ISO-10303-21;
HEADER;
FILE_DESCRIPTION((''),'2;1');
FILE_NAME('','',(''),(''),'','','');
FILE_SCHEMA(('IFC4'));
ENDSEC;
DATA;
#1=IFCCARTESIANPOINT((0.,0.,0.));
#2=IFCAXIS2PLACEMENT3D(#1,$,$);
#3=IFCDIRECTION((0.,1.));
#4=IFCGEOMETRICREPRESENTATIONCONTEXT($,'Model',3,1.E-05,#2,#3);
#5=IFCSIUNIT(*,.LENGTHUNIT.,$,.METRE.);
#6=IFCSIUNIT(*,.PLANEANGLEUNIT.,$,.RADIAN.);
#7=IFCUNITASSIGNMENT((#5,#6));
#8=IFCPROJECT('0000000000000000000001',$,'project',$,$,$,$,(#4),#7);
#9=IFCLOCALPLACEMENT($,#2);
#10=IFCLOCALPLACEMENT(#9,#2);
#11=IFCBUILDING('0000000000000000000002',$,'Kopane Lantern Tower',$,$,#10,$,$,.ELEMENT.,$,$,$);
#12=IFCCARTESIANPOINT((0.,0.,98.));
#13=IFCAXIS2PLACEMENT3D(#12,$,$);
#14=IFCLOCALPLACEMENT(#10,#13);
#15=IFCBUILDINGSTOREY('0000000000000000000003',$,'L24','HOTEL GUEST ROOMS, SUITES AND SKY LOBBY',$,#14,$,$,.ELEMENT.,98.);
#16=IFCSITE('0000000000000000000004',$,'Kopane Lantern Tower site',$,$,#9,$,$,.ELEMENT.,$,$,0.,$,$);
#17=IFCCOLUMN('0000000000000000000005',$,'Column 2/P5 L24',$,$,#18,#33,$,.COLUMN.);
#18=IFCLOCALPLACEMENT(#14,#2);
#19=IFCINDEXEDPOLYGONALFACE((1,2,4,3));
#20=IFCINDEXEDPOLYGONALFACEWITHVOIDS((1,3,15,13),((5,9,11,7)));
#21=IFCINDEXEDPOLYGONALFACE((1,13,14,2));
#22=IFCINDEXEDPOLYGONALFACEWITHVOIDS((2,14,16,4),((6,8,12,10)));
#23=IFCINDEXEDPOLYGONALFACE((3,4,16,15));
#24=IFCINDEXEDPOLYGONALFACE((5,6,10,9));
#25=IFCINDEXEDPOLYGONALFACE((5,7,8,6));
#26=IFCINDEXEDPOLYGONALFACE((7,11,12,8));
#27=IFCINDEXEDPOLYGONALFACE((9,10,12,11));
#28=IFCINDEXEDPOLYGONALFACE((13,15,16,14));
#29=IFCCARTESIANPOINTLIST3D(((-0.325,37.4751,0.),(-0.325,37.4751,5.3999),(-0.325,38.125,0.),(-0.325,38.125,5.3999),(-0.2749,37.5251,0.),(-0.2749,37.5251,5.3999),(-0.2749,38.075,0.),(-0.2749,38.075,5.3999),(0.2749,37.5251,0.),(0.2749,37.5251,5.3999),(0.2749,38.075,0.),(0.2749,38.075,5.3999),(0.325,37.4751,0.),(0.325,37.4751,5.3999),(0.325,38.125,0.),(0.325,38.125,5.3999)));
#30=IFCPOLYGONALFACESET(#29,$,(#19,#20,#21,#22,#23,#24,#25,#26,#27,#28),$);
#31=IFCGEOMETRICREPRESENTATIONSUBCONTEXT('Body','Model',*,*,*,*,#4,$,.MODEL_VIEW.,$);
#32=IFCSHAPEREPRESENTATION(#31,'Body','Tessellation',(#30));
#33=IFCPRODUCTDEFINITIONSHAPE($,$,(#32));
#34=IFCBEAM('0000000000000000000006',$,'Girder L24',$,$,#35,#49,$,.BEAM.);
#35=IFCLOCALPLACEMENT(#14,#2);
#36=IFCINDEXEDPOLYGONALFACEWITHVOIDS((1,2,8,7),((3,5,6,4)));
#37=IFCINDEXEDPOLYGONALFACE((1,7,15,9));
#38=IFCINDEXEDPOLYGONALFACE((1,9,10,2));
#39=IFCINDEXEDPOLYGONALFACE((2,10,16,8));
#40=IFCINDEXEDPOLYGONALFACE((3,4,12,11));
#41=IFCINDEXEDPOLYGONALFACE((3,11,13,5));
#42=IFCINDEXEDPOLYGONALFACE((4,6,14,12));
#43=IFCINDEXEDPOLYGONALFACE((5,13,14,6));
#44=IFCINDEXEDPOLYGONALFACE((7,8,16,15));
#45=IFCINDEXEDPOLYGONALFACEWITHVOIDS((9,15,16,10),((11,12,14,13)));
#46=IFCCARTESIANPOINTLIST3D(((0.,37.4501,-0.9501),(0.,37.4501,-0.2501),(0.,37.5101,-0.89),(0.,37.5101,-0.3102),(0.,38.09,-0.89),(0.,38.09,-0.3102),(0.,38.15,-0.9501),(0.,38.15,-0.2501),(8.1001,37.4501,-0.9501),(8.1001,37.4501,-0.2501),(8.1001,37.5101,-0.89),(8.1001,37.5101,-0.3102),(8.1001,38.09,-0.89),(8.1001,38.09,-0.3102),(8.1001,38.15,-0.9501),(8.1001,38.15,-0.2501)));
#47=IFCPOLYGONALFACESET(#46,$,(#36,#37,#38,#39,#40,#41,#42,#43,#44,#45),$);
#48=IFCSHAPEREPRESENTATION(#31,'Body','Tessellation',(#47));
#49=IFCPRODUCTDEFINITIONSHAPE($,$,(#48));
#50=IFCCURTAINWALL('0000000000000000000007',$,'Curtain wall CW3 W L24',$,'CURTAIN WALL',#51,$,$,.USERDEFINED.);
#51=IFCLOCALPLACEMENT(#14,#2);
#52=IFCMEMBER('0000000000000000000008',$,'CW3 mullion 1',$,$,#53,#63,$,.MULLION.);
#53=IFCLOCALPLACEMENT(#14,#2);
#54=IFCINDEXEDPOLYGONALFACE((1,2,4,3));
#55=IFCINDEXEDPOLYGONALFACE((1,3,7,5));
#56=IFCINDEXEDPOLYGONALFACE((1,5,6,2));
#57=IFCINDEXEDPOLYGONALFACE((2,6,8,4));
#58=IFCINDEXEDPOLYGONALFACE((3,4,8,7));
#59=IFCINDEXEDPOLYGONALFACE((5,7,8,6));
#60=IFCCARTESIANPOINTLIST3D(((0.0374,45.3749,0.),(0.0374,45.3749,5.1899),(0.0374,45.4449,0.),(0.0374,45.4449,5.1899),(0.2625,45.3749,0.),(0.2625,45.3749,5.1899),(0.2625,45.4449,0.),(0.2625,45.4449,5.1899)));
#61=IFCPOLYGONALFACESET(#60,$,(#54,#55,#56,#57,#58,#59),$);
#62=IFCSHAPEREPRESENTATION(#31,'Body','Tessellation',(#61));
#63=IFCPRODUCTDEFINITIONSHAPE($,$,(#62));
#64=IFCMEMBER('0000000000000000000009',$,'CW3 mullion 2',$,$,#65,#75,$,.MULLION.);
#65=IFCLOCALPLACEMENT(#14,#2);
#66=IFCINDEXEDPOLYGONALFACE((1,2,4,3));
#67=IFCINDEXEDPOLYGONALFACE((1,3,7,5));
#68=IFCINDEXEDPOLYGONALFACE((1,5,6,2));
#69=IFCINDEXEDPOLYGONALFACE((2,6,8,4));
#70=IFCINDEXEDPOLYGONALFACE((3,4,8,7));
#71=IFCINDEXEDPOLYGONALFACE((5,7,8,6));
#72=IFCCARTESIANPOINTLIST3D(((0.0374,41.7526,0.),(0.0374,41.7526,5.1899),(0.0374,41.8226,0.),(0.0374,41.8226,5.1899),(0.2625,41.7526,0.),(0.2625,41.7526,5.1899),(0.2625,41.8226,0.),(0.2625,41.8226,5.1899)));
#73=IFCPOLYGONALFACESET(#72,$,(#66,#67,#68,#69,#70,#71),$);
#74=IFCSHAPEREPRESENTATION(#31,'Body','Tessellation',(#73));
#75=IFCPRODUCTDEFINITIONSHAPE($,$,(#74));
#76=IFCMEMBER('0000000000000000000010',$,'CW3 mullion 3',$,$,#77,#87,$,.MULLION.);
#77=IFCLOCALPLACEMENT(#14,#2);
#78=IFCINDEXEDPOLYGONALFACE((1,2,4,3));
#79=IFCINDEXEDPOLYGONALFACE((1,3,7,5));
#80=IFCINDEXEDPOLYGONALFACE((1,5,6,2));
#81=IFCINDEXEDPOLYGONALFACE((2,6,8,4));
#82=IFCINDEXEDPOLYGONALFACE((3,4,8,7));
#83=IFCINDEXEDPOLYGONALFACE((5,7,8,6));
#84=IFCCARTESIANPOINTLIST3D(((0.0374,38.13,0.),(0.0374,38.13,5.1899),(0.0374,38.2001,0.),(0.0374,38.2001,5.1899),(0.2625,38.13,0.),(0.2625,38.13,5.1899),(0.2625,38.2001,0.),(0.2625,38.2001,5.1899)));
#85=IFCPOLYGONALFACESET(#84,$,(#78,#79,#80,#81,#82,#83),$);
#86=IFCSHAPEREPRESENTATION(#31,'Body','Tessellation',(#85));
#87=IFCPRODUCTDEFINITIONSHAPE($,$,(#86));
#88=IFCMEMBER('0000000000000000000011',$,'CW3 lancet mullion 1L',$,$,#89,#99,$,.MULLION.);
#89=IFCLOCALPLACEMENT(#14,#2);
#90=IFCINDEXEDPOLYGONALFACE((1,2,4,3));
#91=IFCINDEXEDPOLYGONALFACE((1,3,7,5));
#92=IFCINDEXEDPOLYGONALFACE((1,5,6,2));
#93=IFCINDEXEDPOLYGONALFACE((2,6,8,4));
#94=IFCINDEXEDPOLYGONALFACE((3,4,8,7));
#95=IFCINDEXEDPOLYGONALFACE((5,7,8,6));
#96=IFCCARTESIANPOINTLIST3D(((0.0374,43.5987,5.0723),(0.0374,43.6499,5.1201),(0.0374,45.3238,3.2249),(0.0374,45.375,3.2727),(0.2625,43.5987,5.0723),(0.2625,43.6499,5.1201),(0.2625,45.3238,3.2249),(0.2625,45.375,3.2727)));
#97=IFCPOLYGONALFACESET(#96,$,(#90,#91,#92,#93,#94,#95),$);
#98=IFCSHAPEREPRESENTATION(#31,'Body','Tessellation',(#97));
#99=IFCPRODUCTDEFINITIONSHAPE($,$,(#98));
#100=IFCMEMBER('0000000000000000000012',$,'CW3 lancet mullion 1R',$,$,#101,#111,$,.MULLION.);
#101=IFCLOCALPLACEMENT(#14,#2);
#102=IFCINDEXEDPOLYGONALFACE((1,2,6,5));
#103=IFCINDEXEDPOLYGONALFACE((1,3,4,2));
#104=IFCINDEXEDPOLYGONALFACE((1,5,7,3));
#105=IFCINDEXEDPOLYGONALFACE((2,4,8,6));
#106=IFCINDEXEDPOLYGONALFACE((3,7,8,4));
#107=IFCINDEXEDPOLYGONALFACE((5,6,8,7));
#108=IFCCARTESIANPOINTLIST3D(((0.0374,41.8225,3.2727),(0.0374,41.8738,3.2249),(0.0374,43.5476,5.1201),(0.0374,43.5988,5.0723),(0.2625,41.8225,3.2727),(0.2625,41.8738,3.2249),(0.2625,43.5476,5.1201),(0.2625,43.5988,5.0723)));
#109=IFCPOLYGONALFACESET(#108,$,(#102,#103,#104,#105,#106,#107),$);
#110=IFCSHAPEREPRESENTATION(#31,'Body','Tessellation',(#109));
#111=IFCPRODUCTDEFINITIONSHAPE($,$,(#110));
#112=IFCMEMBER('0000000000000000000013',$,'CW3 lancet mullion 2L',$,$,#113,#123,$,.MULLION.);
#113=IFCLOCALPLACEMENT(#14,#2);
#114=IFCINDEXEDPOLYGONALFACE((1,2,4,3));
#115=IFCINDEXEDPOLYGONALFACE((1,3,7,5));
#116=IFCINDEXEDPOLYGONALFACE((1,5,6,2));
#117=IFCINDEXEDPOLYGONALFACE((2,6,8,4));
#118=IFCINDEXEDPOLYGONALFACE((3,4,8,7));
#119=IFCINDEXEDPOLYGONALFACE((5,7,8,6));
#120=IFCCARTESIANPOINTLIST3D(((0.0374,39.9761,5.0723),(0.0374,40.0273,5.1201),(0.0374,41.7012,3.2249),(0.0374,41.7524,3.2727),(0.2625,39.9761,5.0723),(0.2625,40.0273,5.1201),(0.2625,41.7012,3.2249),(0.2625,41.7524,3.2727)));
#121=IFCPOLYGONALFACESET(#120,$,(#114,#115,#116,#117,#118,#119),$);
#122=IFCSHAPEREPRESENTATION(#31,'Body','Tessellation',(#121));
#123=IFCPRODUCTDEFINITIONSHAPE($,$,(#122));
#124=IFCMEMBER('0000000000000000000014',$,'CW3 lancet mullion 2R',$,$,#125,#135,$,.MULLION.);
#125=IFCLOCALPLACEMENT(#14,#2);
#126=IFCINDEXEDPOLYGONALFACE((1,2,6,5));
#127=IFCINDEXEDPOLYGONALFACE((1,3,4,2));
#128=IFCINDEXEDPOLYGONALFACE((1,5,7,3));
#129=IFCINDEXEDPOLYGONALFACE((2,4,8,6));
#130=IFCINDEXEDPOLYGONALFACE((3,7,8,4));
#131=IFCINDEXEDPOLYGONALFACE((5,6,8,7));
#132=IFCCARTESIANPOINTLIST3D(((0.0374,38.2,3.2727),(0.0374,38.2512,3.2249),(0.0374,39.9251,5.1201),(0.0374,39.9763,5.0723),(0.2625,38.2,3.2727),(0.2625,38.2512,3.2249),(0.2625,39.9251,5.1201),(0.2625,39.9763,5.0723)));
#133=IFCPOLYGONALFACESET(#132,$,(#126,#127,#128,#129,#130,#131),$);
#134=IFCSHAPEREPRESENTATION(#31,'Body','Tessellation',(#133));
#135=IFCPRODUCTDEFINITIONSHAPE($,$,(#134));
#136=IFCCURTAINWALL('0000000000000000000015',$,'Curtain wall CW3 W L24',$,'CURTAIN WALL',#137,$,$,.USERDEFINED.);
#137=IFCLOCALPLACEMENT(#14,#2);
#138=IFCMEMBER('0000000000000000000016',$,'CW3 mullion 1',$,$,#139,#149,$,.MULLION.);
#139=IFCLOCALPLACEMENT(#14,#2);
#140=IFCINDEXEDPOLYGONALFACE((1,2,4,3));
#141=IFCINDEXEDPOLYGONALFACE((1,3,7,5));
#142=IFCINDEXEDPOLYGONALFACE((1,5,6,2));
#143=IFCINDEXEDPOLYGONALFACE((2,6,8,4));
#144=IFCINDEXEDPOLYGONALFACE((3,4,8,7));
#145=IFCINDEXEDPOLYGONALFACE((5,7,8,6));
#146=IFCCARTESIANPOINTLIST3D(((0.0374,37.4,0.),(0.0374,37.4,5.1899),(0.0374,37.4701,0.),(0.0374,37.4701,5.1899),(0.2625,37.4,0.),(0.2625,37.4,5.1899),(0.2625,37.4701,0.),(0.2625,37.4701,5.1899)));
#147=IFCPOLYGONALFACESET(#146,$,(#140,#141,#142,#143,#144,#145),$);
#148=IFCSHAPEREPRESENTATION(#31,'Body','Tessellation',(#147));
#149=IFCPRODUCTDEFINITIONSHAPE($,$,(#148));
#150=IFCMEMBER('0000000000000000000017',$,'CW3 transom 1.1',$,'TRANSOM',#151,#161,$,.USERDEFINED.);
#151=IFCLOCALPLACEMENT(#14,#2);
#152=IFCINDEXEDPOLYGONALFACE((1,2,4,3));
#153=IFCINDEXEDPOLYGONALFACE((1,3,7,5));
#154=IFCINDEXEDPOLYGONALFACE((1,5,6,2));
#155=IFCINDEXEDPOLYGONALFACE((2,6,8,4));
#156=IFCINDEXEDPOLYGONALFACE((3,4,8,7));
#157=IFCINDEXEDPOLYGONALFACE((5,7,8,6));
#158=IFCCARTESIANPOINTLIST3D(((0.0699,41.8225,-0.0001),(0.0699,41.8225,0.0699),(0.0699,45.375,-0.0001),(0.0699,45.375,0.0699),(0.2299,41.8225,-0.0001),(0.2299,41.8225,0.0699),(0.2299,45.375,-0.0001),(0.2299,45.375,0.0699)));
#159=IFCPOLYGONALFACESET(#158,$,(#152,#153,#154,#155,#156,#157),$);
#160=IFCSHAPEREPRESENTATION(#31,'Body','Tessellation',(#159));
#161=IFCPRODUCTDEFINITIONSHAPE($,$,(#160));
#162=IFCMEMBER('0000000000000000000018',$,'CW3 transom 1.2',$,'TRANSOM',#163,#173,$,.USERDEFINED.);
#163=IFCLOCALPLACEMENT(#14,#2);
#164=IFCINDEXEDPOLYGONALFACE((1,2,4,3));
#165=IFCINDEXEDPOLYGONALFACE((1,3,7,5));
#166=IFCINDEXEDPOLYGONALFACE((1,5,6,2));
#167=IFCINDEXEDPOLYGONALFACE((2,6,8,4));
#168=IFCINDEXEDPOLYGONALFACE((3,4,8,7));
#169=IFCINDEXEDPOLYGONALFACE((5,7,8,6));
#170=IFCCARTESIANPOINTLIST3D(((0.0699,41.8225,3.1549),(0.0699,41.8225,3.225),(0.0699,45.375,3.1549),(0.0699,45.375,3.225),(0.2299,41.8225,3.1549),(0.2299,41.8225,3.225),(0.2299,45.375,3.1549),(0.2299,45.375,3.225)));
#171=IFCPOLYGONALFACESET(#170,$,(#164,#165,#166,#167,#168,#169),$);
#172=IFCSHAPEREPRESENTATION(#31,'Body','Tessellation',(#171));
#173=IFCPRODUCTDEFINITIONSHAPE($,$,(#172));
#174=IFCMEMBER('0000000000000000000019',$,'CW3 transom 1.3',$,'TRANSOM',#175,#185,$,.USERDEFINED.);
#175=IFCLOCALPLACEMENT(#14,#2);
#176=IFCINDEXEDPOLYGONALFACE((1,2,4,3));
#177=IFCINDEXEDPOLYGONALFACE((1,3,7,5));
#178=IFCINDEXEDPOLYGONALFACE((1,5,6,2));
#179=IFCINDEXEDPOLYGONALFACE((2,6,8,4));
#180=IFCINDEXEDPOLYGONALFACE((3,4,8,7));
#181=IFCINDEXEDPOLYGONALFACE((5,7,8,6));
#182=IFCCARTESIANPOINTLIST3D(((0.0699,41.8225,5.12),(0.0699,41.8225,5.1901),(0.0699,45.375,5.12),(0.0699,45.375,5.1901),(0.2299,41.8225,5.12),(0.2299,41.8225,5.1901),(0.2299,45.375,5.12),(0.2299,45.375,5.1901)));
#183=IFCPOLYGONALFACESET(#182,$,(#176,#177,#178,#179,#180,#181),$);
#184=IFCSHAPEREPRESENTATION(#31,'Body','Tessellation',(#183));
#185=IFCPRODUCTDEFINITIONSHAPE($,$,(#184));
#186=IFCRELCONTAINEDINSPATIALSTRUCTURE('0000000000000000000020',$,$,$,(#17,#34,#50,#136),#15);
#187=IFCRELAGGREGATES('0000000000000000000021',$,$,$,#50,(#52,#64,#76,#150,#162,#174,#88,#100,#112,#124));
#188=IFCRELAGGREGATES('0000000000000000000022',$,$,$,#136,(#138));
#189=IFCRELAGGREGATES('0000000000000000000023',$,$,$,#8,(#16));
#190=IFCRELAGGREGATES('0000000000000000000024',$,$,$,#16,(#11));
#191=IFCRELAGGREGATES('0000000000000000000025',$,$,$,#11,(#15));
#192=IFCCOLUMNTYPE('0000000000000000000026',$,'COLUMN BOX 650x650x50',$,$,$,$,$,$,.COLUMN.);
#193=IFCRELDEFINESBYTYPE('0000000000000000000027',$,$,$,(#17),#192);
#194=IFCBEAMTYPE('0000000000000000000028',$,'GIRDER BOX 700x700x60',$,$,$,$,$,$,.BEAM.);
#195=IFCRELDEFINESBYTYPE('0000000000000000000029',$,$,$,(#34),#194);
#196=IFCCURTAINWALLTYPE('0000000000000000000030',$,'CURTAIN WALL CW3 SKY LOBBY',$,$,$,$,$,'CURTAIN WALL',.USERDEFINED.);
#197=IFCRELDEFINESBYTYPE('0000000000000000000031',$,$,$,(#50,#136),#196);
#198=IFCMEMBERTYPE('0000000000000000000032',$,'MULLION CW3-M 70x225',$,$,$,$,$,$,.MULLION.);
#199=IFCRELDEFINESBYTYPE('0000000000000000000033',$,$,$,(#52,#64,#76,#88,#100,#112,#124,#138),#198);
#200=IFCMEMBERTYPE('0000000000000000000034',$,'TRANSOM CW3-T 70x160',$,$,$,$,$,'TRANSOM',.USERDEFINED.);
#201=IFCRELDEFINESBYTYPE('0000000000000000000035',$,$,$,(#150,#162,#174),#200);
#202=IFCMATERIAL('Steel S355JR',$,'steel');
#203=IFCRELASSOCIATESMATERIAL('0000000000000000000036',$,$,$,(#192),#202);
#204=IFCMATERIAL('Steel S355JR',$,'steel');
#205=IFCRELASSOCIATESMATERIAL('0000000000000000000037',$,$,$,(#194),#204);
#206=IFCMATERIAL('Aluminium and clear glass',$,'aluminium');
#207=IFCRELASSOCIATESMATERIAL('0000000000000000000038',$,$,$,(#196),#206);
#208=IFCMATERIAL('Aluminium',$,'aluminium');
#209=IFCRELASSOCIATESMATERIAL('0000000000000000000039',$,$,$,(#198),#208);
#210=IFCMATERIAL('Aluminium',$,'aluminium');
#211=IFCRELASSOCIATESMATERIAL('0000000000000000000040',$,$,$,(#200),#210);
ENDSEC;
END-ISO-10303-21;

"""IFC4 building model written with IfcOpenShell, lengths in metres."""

from ifc_helpers import new_model, si_unit, direction, frame, origin, origin_2d, place, context, subcontext, project, spatial, rectangle, hollow_rectangle, extrude, material, material_profile, profile_set, type_object, element, aggregate, save


model = new_model("IFC4")

# Units and contexts
model_context = context("Model", 3, precision=1e-05, world=origin(), true_north=direction((0.0, 1.0)))
body_context = subcontext(model_context, "Body", "Model", "MODEL_VIEW")
ifc_project = project(units=[si_unit("LENGTHUNIT", "METRE"), si_unit("PLANEANGLEUNIT", "RADIAN")], contexts=[model_context])

# Site, building, storey
site_placement = place(None, origin())
site = spatial("IfcSite", under=ifc_project, at=site_placement, Name="Kopane Lantern Tower site", CompositionType="ELEMENT", RefElevation=0.0)
building_placement = place(site_placement, origin())
building = spatial("IfcBuilding", under=site, at=building_placement, Name="Kopane Lantern Tower", CompositionType="ELEMENT")
storey_placement = place(building_placement, frame((0.0, 0.0, 98.0)))
storey = spatial("IfcBuildingStorey", under=building, at=storey_placement, Name="L24", Description="HOTEL GUEST ROOMS, SUITES AND SKY LOBBY", CompositionType="ELEMENT", Elevation=98.0)

# Column
ifc_material_1 = material(Name="Steel S355JR", Category="steel")
ifc_material_profile_1 = material_profile(ifc_material_1, hollow_rectangle(XDim=0.6499, YDim=0.6499, WallThickness=0.05, at=origin_2d()), Name="BOX 650x650x50")
ifc_profile_set_1 = profile_set([ifc_material_profile_1], Name="Steel S355JR")
column_type = type_object("IfcColumnType", Name="COLUMN BOX 650x650x50", PredefinedType="COLUMN", material=ifc_profile_set_1)
column_placement = place(storey_placement, frame((0.0, 37.8, 0.0), z_axis=(0.0, 0.0, 1.0), x_axis=(1.0, 0.0, 0.0)))
element("IfcColumn", 1, at=column_placement, inside=storey, type_object=column_type, Name="Column 2/P5 L24", PredefinedType="COLUMN", context=body_context, shape_type="SweptSolid", body=[
    extrude(hollow_rectangle(XDim=0.6499, YDim=0.6499, WallThickness=0.05, at=origin_2d()), origin(), (0.0, 0.0, 1.0), 5.3999),
])

# Beam
ifc_material_2 = material(Name="Steel S355JR", Category="steel")
ifc_material_profile_2 = material_profile(ifc_material_2, hollow_rectangle(XDim=0.7, YDim=0.7, WallThickness=0.0601, at=origin_2d()), Name="BOX 700x700x60")
ifc_profile_set_2 = profile_set([ifc_material_profile_2], Name="Steel S355JR")
beam_type = type_object("IfcBeamType", Name="GIRDER BOX 700x700x60", PredefinedType="BEAM", material=ifc_profile_set_2)
beam_placement = place(storey_placement, frame((0.0, 37.8, -0.6001), z_axis=(1.0, 0.0, 0.0), x_axis=(0.0, 1.0, 0.0)))
element("IfcBeam", 2, at=beam_placement, inside=storey, type_object=beam_type, Name="Girder L24", PredefinedType="BEAM", context=body_context, shape_type="SweptSolid", body=[
    extrude(hollow_rectangle(XDim=0.7, YDim=0.7, WallThickness=0.0601, at=origin_2d()), origin(), (0.0, 0.0, 1.0), 8.1001),
])

# Curtain wall, members
ifc_material_3 = material(Name="Aluminium and clear glass", Category="aluminium")
curtain_wall_type = type_object("IfcCurtainWallType", Name="CURTAIN WALL CW3 SKY LOBBY", ElementType="CURTAIN WALL", PredefinedType="USERDEFINED", material=ifc_material_3)
curtain_wall_1_placement = place(storey_placement, origin())
curtain_wall_1 = element("IfcCurtainWall", 3, at=curtain_wall_1_placement, inside=storey, type_object=curtain_wall_type, Name="Curtain wall CW3 W L24", ObjectType="CURTAIN WALL", PredefinedType="USERDEFINED")
ifc_material_4 = material(Name="Aluminium", Category="aluminium")
ifc_material_profile_3 = material_profile(ifc_material_4, rectangle(XDim=0.0701, YDim=0.2251, at=origin_2d()), Name="AL 70x225")
ifc_profile_set_3 = profile_set([ifc_material_profile_3], Name="Aluminium")
member_type_1 = type_object("IfcMemberType", Name="MULLION CW3-M 70x225", PredefinedType="MULLION", material=ifc_profile_set_3)
member_1_placement = place(storey_placement, frame((0.1499, 45.4099, 0.0), z_axis=(0.0, 0.0, 1.0), x_axis=(0.0, -1.0, 0.0)))
member_1 = element("IfcMember", 4, at=member_1_placement, type_object=member_type_1, Name="CW3 mullion 1", PredefinedType="MULLION", context=body_context, shape_type="SweptSolid", body=[
    extrude(rectangle(XDim=0.0701, YDim=0.2251, at=origin_2d()), origin(), (0.0, 0.0, 1.0), 5.1899),
])
member_2_placement = place(storey_placement, frame((0.1499, 41.7876, 0.0), z_axis=(0.0, 0.0, 1.0), x_axis=(0.0, -1.0, 0.0)))
member_2 = element("IfcMember", 5, at=member_2_placement, type_object=member_type_1, Name="CW3 mullion 2", PredefinedType="MULLION", context=body_context, shape_type="SweptSolid", body=[
    extrude(rectangle(XDim=0.0701, YDim=0.2251, at=origin_2d()), origin(), (0.0, 0.0, 1.0), 5.1899),
])
member_3_placement = place(storey_placement, frame((0.1499, 38.165, 0.0), z_axis=(0.0, 0.0, 1.0), x_axis=(0.0, -1.0, 0.0)))
member_3 = element("IfcMember", 6, at=member_3_placement, type_object=member_type_1, Name="CW3 mullion 3", PredefinedType="MULLION", context=body_context, shape_type="SweptSolid", body=[
    extrude(rectangle(XDim=0.0701, YDim=0.2251, at=origin_2d()), origin(), (0.0, 0.0, 1.0), 5.1899),
])
member_4_placement = place(storey_placement, frame((0.1499, 45.3494, 3.2488), z_axis=(0.0, -0.682497, 0.730888), x_axis=(0.0, 0.730888, 0.682497)))
member_4 = element("IfcMember", 7, at=member_4_placement, type_object=member_type_1, Name="CW3 lancet mullion 1L", PredefinedType="MULLION", context=body_context, shape_type="SweptSolid", body=[
    extrude(rectangle(XDim=0.0701, YDim=0.2251, at=origin_2d()), origin(), (0.0, 0.0, 1.0), 2.5276),
])
member_5_placement = place(storey_placement, frame((0.1499, 41.8481, 3.2488), z_axis=(0.0, 0.682497, 0.730888), x_axis=(0.0, -0.730888, 0.682497)))
member_5 = element("IfcMember", 8, at=member_5_placement, type_object=member_type_1, Name="CW3 lancet mullion 1R", PredefinedType="MULLION", context=body_context, shape_type="SweptSolid", body=[
    extrude(rectangle(XDim=0.0701, YDim=0.2251, at=origin_2d()), origin(), (0.0, 0.0, 1.0), 2.5276),
])
member_6_placement = place(storey_placement, frame((0.1499, 41.7268, 3.2488), z_axis=(0.0, -0.682497, 0.730888), x_axis=(0.0, 0.730888, 0.682497)))
member_6 = element("IfcMember", 9, at=member_6_placement, type_object=member_type_1, Name="CW3 lancet mullion 2L", PredefinedType="MULLION", context=body_context, shape_type="SweptSolid", body=[
    extrude(rectangle(XDim=0.0701, YDim=0.2251, at=origin_2d()), origin(), (0.0, 0.0, 1.0), 2.5276),
])
member_7_placement = place(storey_placement, frame((0.1499, 38.2256, 3.2488), z_axis=(0.0, 0.682497, 0.730888), x_axis=(0.0, -0.730888, 0.682497)))
member_7 = element("IfcMember", 10, at=member_7_placement, type_object=member_type_1, Name="CW3 lancet mullion 2R", PredefinedType="MULLION", context=body_context, shape_type="SweptSolid", body=[
    extrude(rectangle(XDim=0.0701, YDim=0.2251, at=origin_2d()), origin(), (0.0, 0.0, 1.0), 2.5276),
])

# Curtain wall, member
curtain_wall_2_placement = place(storey_placement, origin())
curtain_wall_2 = element("IfcCurtainWall", 11, at=curtain_wall_2_placement, inside=storey, type_object=curtain_wall_type, Name="Curtain wall CW3 W L24", ObjectType="CURTAIN WALL", PredefinedType="USERDEFINED")
member_8_placement = place(storey_placement, frame((0.1499, 37.4351, 0.0), z_axis=(0.0, 0.0, 1.0), x_axis=(0.0, -1.0, 0.0)))
member_8 = element("IfcMember", 12, at=member_8_placement, type_object=member_type_1, Name="CW3 mullion 1", PredefinedType="MULLION", context=body_context, shape_type="SweptSolid", body=[
    extrude(rectangle(XDim=0.0701, YDim=0.2251, at=origin_2d()), origin(), (0.0, 0.0, 1.0), 5.1899),
])

# Members
ifc_material_5 = material(Name="Aluminium", Category="aluminium")
ifc_material_profile_4 = material_profile(ifc_material_5, rectangle(XDim=0.1599, YDim=0.0701, at=origin_2d()), Name="AL 160x70")
ifc_profile_set_4 = profile_set([ifc_material_profile_4], Name="Aluminium")
member_type_2 = type_object("IfcMemberType", Name="TRANSOM CW3-T 70x160", ElementType="TRANSOM", PredefinedType="USERDEFINED", material=ifc_profile_set_4)
member_9_placement = place(storey_placement, frame((0.1499, 45.375, 0.0349), z_axis=(0.0, -1.0, 0.0), x_axis=(1.0, 0.0, 0.0)))
member_9 = element("IfcMember", 13, at=member_9_placement, type_object=member_type_2, Name="CW3 transom 1.1", ObjectType="TRANSOM", PredefinedType="USERDEFINED", context=body_context, shape_type="SweptSolid", body=[
    extrude(rectangle(XDim=0.1599, YDim=0.0701, at=origin_2d()), origin(), (0.0, 0.0, 1.0), 3.5525),
])
member_10_placement = place(storey_placement, frame((0.1499, 45.375, 3.1899), z_axis=(0.0, -1.0, 0.0), x_axis=(1.0, 0.0, 0.0)))
member_10 = element("IfcMember", 14, at=member_10_placement, type_object=member_type_2, Name="CW3 transom 1.2", ObjectType="TRANSOM", PredefinedType="USERDEFINED", context=body_context, shape_type="SweptSolid", body=[
    extrude(rectangle(XDim=0.1599, YDim=0.0701, at=origin_2d()), origin(), (0.0, 0.0, 1.0), 3.5525),
])
member_11_placement = place(storey_placement, frame((0.1499, 45.375, 5.155), z_axis=(0.0, -1.0, 0.0), x_axis=(1.0, 0.0, 0.0)))
member_11 = element("IfcMember", 15, at=member_11_placement, type_object=member_type_2, Name="CW3 transom 1.3", ObjectType="TRANSOM", PredefinedType="USERDEFINED", context=body_context, shape_type="SweptSolid", body=[
    extrude(rectangle(XDim=0.1599, YDim=0.0701, at=origin_2d()), origin(), (0.0, 0.0, 1.0), 3.5525),
])

aggregate(curtain_wall_1, [member_1, member_2, member_3, member_9, member_10, member_11, member_4, member_5, member_6, member_7])
aggregate(curtain_wall_2, [member_8])

save(model, "model.ifc")
